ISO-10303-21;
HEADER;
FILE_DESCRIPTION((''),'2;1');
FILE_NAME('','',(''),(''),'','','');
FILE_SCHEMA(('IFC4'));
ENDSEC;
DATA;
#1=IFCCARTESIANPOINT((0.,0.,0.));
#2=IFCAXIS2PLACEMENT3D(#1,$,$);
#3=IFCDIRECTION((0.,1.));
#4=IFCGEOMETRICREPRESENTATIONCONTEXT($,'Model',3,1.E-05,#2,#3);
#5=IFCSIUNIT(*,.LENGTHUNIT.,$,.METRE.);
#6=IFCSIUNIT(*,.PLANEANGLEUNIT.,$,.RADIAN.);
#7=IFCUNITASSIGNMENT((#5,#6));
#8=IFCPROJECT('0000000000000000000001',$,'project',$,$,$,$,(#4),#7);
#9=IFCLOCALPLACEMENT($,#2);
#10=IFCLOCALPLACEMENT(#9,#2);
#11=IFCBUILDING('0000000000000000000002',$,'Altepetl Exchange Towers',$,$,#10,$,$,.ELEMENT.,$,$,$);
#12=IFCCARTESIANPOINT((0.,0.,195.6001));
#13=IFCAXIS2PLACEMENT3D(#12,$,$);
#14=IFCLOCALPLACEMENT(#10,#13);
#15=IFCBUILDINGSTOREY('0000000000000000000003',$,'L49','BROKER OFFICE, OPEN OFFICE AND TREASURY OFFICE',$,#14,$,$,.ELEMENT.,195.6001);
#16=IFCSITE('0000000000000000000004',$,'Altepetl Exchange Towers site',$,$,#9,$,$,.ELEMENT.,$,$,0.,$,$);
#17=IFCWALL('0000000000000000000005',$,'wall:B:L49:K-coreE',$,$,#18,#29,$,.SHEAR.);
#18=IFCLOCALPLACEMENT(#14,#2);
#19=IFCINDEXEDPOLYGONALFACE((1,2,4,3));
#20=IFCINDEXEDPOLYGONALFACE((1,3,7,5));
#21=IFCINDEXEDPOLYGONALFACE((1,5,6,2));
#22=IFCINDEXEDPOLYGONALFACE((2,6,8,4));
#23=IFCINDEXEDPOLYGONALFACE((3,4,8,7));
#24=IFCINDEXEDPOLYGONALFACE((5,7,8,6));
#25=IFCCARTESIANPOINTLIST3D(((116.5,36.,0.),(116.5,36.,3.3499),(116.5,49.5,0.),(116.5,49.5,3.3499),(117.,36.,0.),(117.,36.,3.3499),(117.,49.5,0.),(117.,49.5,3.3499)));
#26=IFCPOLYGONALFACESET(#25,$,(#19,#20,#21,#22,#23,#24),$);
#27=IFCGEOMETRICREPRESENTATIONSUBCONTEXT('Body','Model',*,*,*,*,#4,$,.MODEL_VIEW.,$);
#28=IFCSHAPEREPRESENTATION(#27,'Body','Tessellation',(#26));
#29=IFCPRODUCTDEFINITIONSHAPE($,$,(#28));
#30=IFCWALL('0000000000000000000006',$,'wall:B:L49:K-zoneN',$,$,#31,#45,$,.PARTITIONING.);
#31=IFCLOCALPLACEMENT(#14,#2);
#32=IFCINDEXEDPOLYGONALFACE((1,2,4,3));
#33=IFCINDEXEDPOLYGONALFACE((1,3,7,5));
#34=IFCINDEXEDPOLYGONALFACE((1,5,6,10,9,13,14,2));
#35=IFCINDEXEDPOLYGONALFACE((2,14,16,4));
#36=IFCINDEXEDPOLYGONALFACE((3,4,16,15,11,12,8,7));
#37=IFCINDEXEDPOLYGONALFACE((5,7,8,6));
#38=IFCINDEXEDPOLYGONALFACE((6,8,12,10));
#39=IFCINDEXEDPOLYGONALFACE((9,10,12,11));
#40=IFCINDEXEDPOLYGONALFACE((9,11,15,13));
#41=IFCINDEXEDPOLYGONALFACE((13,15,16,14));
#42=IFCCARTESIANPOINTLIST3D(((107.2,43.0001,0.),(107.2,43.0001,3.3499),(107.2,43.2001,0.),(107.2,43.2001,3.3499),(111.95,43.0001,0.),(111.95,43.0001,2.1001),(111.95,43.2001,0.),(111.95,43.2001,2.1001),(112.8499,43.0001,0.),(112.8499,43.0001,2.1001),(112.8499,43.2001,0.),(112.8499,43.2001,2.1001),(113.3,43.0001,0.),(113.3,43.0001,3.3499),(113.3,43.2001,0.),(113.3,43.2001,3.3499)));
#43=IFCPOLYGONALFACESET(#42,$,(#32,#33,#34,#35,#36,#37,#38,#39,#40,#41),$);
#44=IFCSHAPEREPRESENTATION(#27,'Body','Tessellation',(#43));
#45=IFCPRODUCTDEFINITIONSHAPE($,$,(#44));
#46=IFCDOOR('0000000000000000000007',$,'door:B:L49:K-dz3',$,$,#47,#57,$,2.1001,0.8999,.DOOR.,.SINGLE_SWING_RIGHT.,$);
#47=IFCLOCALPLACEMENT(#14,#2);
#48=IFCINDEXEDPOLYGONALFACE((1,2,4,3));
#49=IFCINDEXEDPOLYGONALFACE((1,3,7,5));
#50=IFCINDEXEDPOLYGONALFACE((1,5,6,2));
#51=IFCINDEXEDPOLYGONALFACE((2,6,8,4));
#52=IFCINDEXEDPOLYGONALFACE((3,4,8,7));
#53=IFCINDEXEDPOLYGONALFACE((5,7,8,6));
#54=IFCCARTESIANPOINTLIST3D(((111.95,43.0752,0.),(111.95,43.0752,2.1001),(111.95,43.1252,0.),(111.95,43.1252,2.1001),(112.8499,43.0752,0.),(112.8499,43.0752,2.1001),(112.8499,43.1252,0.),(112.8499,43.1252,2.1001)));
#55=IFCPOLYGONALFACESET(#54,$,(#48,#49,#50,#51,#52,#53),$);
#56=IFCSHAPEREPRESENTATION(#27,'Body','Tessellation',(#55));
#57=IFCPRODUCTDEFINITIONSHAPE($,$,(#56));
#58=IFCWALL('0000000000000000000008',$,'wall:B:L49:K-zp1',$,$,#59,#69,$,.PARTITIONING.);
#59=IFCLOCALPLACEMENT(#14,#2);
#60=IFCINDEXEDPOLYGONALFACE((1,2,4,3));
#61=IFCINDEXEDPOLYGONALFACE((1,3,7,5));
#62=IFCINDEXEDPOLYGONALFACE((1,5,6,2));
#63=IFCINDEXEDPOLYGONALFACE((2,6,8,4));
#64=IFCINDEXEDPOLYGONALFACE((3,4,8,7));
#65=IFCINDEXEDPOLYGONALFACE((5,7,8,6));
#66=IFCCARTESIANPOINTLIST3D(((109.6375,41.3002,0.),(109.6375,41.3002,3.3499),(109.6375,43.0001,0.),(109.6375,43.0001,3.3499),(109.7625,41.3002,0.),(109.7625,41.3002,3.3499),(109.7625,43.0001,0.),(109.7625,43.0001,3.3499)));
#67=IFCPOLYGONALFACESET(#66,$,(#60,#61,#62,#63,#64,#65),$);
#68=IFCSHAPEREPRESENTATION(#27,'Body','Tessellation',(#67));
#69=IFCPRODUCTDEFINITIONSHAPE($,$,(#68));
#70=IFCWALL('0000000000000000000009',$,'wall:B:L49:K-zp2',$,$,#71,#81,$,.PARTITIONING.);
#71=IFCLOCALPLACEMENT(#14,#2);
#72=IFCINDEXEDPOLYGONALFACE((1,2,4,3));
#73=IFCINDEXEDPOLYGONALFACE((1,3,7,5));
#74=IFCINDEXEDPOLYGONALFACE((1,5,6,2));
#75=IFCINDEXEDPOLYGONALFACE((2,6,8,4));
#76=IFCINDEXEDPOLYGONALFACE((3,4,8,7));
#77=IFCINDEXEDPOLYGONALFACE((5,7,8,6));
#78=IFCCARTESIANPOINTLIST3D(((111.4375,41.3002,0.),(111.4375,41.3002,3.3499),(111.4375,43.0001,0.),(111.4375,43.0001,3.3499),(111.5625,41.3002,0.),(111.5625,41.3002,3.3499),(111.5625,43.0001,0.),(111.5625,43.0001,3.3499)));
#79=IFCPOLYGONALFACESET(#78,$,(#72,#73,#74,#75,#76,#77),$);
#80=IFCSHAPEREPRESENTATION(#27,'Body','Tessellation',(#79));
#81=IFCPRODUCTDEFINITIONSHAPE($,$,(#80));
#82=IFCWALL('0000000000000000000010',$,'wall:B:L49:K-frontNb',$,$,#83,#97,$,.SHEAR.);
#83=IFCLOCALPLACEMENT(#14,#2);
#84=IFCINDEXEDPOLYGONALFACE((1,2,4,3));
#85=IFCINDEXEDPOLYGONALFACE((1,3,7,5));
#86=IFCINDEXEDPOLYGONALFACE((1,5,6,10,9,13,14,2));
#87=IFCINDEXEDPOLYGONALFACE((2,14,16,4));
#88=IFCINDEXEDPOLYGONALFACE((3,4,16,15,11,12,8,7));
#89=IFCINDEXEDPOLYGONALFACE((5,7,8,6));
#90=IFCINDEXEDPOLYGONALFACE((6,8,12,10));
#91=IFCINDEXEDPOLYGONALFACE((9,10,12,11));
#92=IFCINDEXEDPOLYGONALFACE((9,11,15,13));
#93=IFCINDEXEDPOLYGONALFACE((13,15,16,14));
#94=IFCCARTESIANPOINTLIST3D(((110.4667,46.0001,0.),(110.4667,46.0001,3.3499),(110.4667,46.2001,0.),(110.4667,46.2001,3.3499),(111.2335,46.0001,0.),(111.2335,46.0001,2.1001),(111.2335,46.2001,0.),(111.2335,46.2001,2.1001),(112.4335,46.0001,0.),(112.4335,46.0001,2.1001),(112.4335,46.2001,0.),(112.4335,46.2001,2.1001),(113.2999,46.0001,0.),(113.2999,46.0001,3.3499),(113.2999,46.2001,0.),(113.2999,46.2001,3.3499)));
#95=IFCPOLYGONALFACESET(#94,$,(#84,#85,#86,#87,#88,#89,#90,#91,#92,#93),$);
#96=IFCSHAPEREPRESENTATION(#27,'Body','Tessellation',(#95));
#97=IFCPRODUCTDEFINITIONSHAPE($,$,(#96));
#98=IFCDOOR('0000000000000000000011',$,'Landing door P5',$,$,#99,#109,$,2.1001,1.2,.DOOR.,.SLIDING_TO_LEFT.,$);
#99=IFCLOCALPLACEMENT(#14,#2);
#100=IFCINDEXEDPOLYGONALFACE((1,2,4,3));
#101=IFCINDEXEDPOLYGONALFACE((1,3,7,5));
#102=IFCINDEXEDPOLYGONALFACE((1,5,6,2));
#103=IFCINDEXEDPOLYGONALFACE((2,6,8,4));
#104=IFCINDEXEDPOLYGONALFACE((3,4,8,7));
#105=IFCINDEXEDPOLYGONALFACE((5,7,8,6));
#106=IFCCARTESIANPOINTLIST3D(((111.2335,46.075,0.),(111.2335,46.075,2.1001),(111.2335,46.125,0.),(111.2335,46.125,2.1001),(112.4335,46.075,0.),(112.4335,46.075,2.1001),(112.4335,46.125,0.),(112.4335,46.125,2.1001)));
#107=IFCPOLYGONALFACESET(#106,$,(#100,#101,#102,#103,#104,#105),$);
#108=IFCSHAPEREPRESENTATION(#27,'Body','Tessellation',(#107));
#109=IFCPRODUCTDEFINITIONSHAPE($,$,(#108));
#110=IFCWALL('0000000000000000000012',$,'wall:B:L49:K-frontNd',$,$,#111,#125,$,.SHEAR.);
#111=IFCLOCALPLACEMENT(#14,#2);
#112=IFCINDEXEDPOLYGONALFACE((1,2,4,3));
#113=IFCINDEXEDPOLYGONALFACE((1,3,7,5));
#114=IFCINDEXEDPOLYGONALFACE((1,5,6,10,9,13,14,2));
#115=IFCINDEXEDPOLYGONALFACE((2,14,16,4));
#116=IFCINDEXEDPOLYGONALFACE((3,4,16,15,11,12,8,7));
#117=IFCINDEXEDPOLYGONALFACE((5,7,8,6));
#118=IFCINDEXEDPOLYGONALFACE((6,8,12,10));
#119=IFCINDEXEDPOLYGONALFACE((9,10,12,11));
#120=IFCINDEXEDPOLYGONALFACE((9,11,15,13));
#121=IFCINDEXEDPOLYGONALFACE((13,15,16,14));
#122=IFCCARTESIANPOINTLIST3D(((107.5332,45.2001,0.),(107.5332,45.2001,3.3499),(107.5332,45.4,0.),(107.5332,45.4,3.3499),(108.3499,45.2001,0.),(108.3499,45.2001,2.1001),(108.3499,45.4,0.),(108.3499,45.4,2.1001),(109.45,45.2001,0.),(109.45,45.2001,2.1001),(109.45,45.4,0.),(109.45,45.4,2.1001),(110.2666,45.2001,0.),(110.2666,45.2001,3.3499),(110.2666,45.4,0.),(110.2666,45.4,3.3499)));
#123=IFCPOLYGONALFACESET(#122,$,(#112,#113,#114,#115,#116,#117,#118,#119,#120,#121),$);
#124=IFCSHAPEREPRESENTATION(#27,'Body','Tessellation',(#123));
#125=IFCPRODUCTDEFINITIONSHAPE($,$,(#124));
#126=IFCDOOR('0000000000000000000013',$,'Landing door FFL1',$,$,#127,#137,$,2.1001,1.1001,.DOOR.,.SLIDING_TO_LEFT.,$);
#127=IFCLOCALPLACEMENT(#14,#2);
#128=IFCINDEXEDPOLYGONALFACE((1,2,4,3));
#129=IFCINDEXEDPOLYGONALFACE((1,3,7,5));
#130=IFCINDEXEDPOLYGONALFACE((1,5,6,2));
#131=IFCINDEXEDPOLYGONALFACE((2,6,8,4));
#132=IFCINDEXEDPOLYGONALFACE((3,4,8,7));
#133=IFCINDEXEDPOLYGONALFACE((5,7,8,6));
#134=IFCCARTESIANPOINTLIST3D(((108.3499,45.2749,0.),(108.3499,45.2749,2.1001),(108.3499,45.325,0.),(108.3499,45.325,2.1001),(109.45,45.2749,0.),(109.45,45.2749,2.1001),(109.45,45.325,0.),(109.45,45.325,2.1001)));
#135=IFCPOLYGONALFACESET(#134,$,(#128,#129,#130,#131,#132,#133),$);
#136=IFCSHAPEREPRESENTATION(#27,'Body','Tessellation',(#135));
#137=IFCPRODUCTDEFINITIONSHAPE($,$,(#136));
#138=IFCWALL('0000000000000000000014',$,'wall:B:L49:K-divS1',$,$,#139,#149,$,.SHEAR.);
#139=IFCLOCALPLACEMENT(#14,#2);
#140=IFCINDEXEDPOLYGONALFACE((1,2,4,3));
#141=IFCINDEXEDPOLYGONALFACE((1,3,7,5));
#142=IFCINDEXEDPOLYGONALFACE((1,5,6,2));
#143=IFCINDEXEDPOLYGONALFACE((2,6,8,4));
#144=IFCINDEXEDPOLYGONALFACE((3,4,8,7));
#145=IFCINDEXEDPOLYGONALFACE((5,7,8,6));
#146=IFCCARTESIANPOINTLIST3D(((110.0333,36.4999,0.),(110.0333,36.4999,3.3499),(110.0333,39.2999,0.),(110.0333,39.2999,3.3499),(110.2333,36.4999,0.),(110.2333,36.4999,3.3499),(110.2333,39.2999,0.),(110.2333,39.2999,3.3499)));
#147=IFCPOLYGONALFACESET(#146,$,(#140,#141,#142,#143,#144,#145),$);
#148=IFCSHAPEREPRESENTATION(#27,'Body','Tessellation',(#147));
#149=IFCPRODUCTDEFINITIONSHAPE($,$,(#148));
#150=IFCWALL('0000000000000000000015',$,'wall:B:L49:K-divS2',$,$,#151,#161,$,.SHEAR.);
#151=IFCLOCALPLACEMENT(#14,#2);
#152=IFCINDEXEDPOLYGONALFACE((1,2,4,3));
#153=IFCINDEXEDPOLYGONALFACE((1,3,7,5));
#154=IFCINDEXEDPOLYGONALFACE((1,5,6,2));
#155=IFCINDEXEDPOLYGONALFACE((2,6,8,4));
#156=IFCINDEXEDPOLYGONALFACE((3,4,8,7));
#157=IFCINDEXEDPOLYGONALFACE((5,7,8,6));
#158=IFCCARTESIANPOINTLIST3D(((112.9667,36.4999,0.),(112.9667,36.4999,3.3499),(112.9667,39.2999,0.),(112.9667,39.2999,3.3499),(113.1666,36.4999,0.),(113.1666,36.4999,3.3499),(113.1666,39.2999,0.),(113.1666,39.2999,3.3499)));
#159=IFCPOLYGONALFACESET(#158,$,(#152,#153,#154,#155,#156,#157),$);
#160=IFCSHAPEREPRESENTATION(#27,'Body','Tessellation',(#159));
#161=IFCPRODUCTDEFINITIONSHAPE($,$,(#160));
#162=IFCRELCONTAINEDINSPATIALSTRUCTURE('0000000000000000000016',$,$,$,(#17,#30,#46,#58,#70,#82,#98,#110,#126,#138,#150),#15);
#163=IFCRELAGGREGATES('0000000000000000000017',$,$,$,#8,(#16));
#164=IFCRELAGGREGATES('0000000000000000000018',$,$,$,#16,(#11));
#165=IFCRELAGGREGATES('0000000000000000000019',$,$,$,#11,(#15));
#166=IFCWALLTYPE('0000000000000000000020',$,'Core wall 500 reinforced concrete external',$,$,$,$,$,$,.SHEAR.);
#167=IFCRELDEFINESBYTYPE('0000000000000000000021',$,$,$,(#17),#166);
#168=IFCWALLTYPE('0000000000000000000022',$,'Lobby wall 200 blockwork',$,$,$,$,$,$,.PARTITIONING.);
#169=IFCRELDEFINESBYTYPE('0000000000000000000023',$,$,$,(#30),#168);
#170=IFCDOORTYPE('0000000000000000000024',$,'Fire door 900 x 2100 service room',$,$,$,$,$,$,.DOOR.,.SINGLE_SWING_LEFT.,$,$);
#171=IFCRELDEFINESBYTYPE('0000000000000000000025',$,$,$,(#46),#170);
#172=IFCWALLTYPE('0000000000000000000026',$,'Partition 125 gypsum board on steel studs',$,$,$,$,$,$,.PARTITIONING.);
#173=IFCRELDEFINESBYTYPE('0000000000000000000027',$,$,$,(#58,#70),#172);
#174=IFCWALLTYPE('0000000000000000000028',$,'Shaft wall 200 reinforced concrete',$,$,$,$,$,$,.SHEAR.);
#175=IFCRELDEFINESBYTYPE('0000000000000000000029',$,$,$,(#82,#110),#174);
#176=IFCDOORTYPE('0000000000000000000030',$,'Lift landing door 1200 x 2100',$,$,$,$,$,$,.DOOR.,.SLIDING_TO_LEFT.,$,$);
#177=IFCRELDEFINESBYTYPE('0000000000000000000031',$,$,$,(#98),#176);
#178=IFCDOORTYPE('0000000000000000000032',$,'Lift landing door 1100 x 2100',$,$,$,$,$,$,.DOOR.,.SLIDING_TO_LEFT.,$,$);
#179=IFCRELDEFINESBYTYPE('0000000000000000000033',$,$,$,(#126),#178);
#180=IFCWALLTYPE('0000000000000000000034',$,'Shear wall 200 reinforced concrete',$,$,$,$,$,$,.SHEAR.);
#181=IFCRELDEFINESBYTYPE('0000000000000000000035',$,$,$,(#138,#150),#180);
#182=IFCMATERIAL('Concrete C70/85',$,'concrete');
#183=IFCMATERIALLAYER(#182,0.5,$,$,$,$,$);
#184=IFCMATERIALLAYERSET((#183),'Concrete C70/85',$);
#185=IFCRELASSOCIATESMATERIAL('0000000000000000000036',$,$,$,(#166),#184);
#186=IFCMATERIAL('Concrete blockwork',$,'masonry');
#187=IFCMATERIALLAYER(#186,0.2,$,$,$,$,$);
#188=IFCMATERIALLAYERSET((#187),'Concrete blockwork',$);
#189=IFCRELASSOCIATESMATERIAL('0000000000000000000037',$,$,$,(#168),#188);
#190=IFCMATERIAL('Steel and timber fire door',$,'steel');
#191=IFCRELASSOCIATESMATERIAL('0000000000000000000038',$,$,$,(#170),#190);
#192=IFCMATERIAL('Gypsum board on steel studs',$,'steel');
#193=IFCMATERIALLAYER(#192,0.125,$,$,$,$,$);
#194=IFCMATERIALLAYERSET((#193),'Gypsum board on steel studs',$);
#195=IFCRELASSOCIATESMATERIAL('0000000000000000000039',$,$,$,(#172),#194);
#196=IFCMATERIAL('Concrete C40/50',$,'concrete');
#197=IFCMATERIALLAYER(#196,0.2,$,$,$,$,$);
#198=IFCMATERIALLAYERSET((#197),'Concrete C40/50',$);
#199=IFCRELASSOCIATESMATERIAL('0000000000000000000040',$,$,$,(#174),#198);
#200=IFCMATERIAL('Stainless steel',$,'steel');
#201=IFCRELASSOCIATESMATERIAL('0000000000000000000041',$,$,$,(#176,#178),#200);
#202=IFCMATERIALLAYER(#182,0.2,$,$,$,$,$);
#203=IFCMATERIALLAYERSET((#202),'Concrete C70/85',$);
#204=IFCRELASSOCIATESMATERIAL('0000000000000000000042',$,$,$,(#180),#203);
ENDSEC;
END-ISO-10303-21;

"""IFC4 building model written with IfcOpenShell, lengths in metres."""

from ifc_helpers import new_model, si_unit, direction, frame, frame_2d, origin, place, context, subcontext, project, spatial, rectangle, extrude, material, layer, layer_set, type_object, element, fill, save


model = new_model("IFC4")

# Units and contexts
model_context = context("Model", 3, precision=1e-05, world=origin(), true_north=direction((0.0, 1.0)))
body_context = subcontext(model_context, "Body", "Model", "MODEL_VIEW")
ifc_project = project(units=[si_unit("LENGTHUNIT", "METRE"), si_unit("PLANEANGLEUNIT", "RADIAN")], contexts=[model_context])

# Site, building, storey
site_placement = place(None, origin())
site = spatial("IfcSite", under=ifc_project, at=site_placement, Name="Altepetl Exchange Towers site", CompositionType="ELEMENT", RefElevation=0.0)
building_placement = place(site_placement, origin())
building = spatial("IfcBuilding", under=site, at=building_placement, Name="Altepetl Exchange Towers", CompositionType="ELEMENT")
storey_placement = place(building_placement, frame((0.0, 0.0, 195.6001)))
storey = spatial("IfcBuildingStorey", under=building, at=storey_placement, Name="L49", Description="BROKER OFFICE, OPEN OFFICE AND TREASURY OFFICE", CompositionType="ELEMENT", Elevation=195.6001)

# Wall
ifc_material_1 = material(Name="Concrete C70/85", Category="concrete")
ifc_layer_1 = layer(ifc_material_1, 0.5)
ifc_layer_set_1 = layer_set([ifc_layer_1], Name="Concrete C70/85")
wall_type_1 = type_object("IfcWallType", Name="Core wall 500 reinforced concrete external", PredefinedType="SHEAR", material=ifc_layer_set_1)
wall_1_placement = place(storey_placement, frame((116.75, 36.0, 0.0), z_axis=(0.0, 0.0, 1.0), x_axis=(0.0, 1.0, 0.0)))
element("IfcWall", 1, at=wall_1_placement, inside=storey, type_object=wall_type_1, Name="wall:B:L49:K-coreE", PredefinedType="SHEAR", context=body_context, shape_type="SweptSolid", body=[
    extrude(rectangle(XDim=13.5, YDim=0.5, at=frame_2d((6.75, 0.0))), origin(), (0.0, 0.0, 1.0), 3.3499),
])

# Wall, opening, door
ifc_material_2 = material(Name="Concrete blockwork", Category="masonry")
ifc_layer_2 = layer(ifc_material_2, 0.2)
ifc_layer_set_2 = layer_set([ifc_layer_2], Name="Concrete blockwork")
wall_type_2 = type_object("IfcWallType", Name="Lobby wall 200 blockwork", PredefinedType="PARTITIONING", material=ifc_layer_set_2)
wall_2_placement = place(storey_placement, frame((107.2, 43.1001, 0.0)))
wall_2 = element("IfcWall", 2, at=wall_2_placement, inside=storey, type_object=wall_type_2, Name="wall:B:L49:K-zoneN", PredefinedType="PARTITIONING", context=body_context, shape_type="SweptSolid", body=[
    extrude(rectangle(XDim=6.1001, YDim=0.2, at=frame_2d((3.05, 0.0))), origin(), (0.0, 0.0, 1.0), 3.3499),
])
opening_1_placement = place(wall_2_placement, frame((4.75, 0.0, 0.0)))
opening_1 = element("IfcOpeningElement", 3, at=opening_1_placement, cuts=wall_2, PredefinedType="OPENING", context=body_context, shape_type="SweptSolid", body=[
    extrude(rectangle(XDim=0.8999, YDim=2.1001, at=frame_2d((0.45, 1.05))), frame((0.0, 0.1099, 0.0), z_axis=(0.0, -1.0, 0.0), x_axis=(1.0, 0.0, 0.0)), (0.0, 0.0, 1.0), 0.22),
])
ifc_material_3 = material(Name="Steel and timber fire door", Category="steel")
door_type_1 = type_object("IfcDoorType", Name="Fire door 900 x 2100 service room", OperationType="SINGLE_SWING_LEFT", PredefinedType="DOOR", material=ifc_material_3)
door_1_placement = place(opening_1_placement, frame((0.8999, 0.0, 0.0), x_axis=(-1.0, 0.0, 0.0)))
door_1 = element("IfcDoor", 4, at=door_1_placement, inside=storey, type_object=door_type_1, Name="door:B:L49:K-dz3", OperationType="SINGLE_SWING_RIGHT", OverallHeight=2.1001, OverallWidth=0.8999, PredefinedType="DOOR", context=body_context, shape_type="SweptSolid", body=[
    extrude(rectangle(XDim=0.8999, YDim=2.1001, at=frame_2d((0.45, 1.05))), frame((0.0, 0.0249, 0.0), z_axis=(0.0, -1.0, 0.0), x_axis=(1.0, 0.0, 0.0)), (0.0, 0.0, 1.0), 0.05),
])
fill(opening_1, door_1)

# Walls
ifc_material_4 = material(Name="Gypsum board on steel studs", Category="steel")
ifc_layer_3 = layer(ifc_material_4, 0.125)
ifc_layer_set_3 = layer_set([ifc_layer_3], Name="Gypsum board on steel studs")
wall_type_3 = type_object("IfcWallType", Name="Partition 125 gypsum board on steel studs", PredefinedType="PARTITIONING", material=ifc_layer_set_3)
for number, where, z_axis, x_axis, name in (
    (5, (109.7, 41.3, 0.0), (0.0, 0.0, 1.0), (0.0, 1.0, 0.0), "wall:B:L49:K-zp1"),
    (6, (111.5, 41.3, 0.0), (0.0, 0.0, 1.0), (0.0, 1.0, 0.0), "wall:B:L49:K-zp2"),
):
    element("IfcWall", number, at=place(storey_placement, frame(where, z_axis=z_axis, x_axis=x_axis)), inside=storey, type_object=wall_type_3, Name=name, PredefinedType="PARTITIONING", context=body_context, shape_type="SweptSolid", body=[
        extrude(rectangle(XDim=1.7, YDim=0.125, at=frame_2d((0.8501, 0.0))), origin(), (0.0, 0.0, 1.0), 3.3499),
    ])

# Walls, openings, doors
ifc_material_5 = material(Name="Concrete C40/50", Category="concrete")
ifc_layer_4 = layer(ifc_material_5, 0.2)
ifc_layer_set_4 = layer_set([ifc_layer_4], Name="Concrete C40/50")
wall_type_4 = type_object("IfcWallType", Name="Shaft wall 200 reinforced concrete", PredefinedType="SHEAR", material=ifc_layer_set_4)
wall_3_placement = place(storey_placement, frame((110.4668, 46.1001, 0.0)))
wall_3 = element("IfcWall", 7, at=wall_3_placement, inside=storey, type_object=wall_type_4, Name="wall:B:L49:K-frontNb", PredefinedType="SHEAR", context=body_context, shape_type="SweptSolid", body=[
    extrude(rectangle(XDim=2.8333, YDim=0.2, at=frame_2d((1.4165, 0.0))), origin(), (0.0, 0.0, 1.0), 3.3499),
])
opening_2_placement = place(wall_3_placement, frame((0.7666, 0.0, 0.0)))
opening_2 = element("IfcOpeningElement", 8, at=opening_2_placement, cuts=wall_3, PredefinedType="OPENING", context=body_context, shape_type="SweptSolid", body=[
    extrude(rectangle(XDim=1.2, YDim=2.1001, at=frame_2d((0.6001, 1.05))), frame((0.0, 0.1099, 0.0), z_axis=(0.0, -1.0, 0.0), x_axis=(1.0, 0.0, 0.0)), (0.0, 0.0, 1.0), 0.22),
])
ifc_material_6 = material(Name="Stainless steel", Category="steel")
door_type_2 = type_object("IfcDoorType", Name="Lift landing door 1200 x 2100", OperationType="SLIDING_TO_LEFT", PredefinedType="DOOR", material=ifc_material_6)
door_2_placement = place(opening_2_placement, origin())
door_2 = element("IfcDoor", 9, at=door_2_placement, inside=storey, type_object=door_type_2, Name="Landing door P5", OperationType="SLIDING_TO_LEFT", OverallHeight=2.1001, OverallWidth=1.2, PredefinedType="DOOR", context=body_context, shape_type="SweptSolid", body=[
    extrude(rectangle(XDim=1.2, YDim=2.1001, at=frame_2d((0.6001, 1.05))), frame((0.0, 0.0249, 0.0), z_axis=(0.0, -1.0, 0.0), x_axis=(1.0, 0.0, 0.0)), (0.0, 0.0, 1.0), 0.05),
])
fill(opening_2, door_2)
wall_4_placement = place(storey_placement, frame((107.5332, 45.3, 0.0)))
wall_4 = element("IfcWall", 10, at=wall_4_placement, inside=storey, type_object=wall_type_4, Name="wall:B:L49:K-frontNd", PredefinedType="SHEAR", context=body_context, shape_type="SweptSolid", body=[
    extrude(rectangle(XDim=2.7334, YDim=0.2, at=frame_2d((1.3667, 0.0))), origin(), (0.0, 0.0, 1.0), 3.3499),
])
opening_3_placement = place(wall_4_placement, frame((0.8167, 0.0, 0.0)))
opening_3 = element("IfcOpeningElement", 11, at=opening_3_placement, cuts=wall_4, PredefinedType="OPENING", context=body_context, shape_type="SweptSolid", body=[
    extrude(rectangle(XDim=1.1001, YDim=2.1001, at=frame_2d((0.55, 1.05))), frame((0.0, 0.1099, 0.0), z_axis=(0.0, -1.0, 0.0), x_axis=(1.0, 0.0, 0.0)), (0.0, 0.0, 1.0), 0.22),
])
door_type_3 = type_object("IfcDoorType", Name="Lift landing door 1100 x 2100", OperationType="SLIDING_TO_LEFT", PredefinedType="DOOR", material=ifc_material_6)
door_3_placement = place(opening_3_placement, origin())
door_3 = element("IfcDoor", 12, at=door_3_placement, inside=storey, type_object=door_type_3, Name="Landing door FFL1", OperationType="SLIDING_TO_LEFT", OverallHeight=2.1001, OverallWidth=1.1001, PredefinedType="DOOR", context=body_context, shape_type="SweptSolid", body=[
    extrude(rectangle(XDim=1.1001, YDim=2.1001, at=frame_2d((0.55, 1.05))), frame((0.0, 0.0249, 0.0), z_axis=(0.0, -1.0, 0.0), x_axis=(1.0, 0.0, 0.0)), (0.0, 0.0, 1.0), 0.05),
])
fill(opening_3, door_3)

# Walls
ifc_layer_5 = layer(ifc_material_1, 0.2)
ifc_layer_set_5 = layer_set([ifc_layer_5], Name="Concrete C70/85")
wall_type_5 = type_object("IfcWallType", Name="Shear wall 200 reinforced concrete", PredefinedType="SHEAR", material=ifc_layer_set_5)
for number, where, z_axis, x_axis, name in (
    (13, (110.1333, 36.5, 0.0), (0.0, 0.0, 1.0), (0.0, 1.0, 0.0), "wall:B:L49:K-divS1"),
    (14, (113.0667, 36.5, 0.0), (0.0, 0.0, 1.0), (0.0, 1.0, 0.0), "wall:B:L49:K-divS2"),
):
    element("IfcWall", number, at=place(storey_placement, frame(where, z_axis=z_axis, x_axis=x_axis)), inside=storey, type_object=wall_type_5, Name=name, PredefinedType="SHEAR", context=body_context, shape_type="SweptSolid", body=[
        extrude(rectangle(XDim=2.8, YDim=0.2, at=frame_2d((1.3999, 0.0))), origin(), (0.0, 0.0, 1.0), 3.3499),
    ])

save(model, "model.ifc")
